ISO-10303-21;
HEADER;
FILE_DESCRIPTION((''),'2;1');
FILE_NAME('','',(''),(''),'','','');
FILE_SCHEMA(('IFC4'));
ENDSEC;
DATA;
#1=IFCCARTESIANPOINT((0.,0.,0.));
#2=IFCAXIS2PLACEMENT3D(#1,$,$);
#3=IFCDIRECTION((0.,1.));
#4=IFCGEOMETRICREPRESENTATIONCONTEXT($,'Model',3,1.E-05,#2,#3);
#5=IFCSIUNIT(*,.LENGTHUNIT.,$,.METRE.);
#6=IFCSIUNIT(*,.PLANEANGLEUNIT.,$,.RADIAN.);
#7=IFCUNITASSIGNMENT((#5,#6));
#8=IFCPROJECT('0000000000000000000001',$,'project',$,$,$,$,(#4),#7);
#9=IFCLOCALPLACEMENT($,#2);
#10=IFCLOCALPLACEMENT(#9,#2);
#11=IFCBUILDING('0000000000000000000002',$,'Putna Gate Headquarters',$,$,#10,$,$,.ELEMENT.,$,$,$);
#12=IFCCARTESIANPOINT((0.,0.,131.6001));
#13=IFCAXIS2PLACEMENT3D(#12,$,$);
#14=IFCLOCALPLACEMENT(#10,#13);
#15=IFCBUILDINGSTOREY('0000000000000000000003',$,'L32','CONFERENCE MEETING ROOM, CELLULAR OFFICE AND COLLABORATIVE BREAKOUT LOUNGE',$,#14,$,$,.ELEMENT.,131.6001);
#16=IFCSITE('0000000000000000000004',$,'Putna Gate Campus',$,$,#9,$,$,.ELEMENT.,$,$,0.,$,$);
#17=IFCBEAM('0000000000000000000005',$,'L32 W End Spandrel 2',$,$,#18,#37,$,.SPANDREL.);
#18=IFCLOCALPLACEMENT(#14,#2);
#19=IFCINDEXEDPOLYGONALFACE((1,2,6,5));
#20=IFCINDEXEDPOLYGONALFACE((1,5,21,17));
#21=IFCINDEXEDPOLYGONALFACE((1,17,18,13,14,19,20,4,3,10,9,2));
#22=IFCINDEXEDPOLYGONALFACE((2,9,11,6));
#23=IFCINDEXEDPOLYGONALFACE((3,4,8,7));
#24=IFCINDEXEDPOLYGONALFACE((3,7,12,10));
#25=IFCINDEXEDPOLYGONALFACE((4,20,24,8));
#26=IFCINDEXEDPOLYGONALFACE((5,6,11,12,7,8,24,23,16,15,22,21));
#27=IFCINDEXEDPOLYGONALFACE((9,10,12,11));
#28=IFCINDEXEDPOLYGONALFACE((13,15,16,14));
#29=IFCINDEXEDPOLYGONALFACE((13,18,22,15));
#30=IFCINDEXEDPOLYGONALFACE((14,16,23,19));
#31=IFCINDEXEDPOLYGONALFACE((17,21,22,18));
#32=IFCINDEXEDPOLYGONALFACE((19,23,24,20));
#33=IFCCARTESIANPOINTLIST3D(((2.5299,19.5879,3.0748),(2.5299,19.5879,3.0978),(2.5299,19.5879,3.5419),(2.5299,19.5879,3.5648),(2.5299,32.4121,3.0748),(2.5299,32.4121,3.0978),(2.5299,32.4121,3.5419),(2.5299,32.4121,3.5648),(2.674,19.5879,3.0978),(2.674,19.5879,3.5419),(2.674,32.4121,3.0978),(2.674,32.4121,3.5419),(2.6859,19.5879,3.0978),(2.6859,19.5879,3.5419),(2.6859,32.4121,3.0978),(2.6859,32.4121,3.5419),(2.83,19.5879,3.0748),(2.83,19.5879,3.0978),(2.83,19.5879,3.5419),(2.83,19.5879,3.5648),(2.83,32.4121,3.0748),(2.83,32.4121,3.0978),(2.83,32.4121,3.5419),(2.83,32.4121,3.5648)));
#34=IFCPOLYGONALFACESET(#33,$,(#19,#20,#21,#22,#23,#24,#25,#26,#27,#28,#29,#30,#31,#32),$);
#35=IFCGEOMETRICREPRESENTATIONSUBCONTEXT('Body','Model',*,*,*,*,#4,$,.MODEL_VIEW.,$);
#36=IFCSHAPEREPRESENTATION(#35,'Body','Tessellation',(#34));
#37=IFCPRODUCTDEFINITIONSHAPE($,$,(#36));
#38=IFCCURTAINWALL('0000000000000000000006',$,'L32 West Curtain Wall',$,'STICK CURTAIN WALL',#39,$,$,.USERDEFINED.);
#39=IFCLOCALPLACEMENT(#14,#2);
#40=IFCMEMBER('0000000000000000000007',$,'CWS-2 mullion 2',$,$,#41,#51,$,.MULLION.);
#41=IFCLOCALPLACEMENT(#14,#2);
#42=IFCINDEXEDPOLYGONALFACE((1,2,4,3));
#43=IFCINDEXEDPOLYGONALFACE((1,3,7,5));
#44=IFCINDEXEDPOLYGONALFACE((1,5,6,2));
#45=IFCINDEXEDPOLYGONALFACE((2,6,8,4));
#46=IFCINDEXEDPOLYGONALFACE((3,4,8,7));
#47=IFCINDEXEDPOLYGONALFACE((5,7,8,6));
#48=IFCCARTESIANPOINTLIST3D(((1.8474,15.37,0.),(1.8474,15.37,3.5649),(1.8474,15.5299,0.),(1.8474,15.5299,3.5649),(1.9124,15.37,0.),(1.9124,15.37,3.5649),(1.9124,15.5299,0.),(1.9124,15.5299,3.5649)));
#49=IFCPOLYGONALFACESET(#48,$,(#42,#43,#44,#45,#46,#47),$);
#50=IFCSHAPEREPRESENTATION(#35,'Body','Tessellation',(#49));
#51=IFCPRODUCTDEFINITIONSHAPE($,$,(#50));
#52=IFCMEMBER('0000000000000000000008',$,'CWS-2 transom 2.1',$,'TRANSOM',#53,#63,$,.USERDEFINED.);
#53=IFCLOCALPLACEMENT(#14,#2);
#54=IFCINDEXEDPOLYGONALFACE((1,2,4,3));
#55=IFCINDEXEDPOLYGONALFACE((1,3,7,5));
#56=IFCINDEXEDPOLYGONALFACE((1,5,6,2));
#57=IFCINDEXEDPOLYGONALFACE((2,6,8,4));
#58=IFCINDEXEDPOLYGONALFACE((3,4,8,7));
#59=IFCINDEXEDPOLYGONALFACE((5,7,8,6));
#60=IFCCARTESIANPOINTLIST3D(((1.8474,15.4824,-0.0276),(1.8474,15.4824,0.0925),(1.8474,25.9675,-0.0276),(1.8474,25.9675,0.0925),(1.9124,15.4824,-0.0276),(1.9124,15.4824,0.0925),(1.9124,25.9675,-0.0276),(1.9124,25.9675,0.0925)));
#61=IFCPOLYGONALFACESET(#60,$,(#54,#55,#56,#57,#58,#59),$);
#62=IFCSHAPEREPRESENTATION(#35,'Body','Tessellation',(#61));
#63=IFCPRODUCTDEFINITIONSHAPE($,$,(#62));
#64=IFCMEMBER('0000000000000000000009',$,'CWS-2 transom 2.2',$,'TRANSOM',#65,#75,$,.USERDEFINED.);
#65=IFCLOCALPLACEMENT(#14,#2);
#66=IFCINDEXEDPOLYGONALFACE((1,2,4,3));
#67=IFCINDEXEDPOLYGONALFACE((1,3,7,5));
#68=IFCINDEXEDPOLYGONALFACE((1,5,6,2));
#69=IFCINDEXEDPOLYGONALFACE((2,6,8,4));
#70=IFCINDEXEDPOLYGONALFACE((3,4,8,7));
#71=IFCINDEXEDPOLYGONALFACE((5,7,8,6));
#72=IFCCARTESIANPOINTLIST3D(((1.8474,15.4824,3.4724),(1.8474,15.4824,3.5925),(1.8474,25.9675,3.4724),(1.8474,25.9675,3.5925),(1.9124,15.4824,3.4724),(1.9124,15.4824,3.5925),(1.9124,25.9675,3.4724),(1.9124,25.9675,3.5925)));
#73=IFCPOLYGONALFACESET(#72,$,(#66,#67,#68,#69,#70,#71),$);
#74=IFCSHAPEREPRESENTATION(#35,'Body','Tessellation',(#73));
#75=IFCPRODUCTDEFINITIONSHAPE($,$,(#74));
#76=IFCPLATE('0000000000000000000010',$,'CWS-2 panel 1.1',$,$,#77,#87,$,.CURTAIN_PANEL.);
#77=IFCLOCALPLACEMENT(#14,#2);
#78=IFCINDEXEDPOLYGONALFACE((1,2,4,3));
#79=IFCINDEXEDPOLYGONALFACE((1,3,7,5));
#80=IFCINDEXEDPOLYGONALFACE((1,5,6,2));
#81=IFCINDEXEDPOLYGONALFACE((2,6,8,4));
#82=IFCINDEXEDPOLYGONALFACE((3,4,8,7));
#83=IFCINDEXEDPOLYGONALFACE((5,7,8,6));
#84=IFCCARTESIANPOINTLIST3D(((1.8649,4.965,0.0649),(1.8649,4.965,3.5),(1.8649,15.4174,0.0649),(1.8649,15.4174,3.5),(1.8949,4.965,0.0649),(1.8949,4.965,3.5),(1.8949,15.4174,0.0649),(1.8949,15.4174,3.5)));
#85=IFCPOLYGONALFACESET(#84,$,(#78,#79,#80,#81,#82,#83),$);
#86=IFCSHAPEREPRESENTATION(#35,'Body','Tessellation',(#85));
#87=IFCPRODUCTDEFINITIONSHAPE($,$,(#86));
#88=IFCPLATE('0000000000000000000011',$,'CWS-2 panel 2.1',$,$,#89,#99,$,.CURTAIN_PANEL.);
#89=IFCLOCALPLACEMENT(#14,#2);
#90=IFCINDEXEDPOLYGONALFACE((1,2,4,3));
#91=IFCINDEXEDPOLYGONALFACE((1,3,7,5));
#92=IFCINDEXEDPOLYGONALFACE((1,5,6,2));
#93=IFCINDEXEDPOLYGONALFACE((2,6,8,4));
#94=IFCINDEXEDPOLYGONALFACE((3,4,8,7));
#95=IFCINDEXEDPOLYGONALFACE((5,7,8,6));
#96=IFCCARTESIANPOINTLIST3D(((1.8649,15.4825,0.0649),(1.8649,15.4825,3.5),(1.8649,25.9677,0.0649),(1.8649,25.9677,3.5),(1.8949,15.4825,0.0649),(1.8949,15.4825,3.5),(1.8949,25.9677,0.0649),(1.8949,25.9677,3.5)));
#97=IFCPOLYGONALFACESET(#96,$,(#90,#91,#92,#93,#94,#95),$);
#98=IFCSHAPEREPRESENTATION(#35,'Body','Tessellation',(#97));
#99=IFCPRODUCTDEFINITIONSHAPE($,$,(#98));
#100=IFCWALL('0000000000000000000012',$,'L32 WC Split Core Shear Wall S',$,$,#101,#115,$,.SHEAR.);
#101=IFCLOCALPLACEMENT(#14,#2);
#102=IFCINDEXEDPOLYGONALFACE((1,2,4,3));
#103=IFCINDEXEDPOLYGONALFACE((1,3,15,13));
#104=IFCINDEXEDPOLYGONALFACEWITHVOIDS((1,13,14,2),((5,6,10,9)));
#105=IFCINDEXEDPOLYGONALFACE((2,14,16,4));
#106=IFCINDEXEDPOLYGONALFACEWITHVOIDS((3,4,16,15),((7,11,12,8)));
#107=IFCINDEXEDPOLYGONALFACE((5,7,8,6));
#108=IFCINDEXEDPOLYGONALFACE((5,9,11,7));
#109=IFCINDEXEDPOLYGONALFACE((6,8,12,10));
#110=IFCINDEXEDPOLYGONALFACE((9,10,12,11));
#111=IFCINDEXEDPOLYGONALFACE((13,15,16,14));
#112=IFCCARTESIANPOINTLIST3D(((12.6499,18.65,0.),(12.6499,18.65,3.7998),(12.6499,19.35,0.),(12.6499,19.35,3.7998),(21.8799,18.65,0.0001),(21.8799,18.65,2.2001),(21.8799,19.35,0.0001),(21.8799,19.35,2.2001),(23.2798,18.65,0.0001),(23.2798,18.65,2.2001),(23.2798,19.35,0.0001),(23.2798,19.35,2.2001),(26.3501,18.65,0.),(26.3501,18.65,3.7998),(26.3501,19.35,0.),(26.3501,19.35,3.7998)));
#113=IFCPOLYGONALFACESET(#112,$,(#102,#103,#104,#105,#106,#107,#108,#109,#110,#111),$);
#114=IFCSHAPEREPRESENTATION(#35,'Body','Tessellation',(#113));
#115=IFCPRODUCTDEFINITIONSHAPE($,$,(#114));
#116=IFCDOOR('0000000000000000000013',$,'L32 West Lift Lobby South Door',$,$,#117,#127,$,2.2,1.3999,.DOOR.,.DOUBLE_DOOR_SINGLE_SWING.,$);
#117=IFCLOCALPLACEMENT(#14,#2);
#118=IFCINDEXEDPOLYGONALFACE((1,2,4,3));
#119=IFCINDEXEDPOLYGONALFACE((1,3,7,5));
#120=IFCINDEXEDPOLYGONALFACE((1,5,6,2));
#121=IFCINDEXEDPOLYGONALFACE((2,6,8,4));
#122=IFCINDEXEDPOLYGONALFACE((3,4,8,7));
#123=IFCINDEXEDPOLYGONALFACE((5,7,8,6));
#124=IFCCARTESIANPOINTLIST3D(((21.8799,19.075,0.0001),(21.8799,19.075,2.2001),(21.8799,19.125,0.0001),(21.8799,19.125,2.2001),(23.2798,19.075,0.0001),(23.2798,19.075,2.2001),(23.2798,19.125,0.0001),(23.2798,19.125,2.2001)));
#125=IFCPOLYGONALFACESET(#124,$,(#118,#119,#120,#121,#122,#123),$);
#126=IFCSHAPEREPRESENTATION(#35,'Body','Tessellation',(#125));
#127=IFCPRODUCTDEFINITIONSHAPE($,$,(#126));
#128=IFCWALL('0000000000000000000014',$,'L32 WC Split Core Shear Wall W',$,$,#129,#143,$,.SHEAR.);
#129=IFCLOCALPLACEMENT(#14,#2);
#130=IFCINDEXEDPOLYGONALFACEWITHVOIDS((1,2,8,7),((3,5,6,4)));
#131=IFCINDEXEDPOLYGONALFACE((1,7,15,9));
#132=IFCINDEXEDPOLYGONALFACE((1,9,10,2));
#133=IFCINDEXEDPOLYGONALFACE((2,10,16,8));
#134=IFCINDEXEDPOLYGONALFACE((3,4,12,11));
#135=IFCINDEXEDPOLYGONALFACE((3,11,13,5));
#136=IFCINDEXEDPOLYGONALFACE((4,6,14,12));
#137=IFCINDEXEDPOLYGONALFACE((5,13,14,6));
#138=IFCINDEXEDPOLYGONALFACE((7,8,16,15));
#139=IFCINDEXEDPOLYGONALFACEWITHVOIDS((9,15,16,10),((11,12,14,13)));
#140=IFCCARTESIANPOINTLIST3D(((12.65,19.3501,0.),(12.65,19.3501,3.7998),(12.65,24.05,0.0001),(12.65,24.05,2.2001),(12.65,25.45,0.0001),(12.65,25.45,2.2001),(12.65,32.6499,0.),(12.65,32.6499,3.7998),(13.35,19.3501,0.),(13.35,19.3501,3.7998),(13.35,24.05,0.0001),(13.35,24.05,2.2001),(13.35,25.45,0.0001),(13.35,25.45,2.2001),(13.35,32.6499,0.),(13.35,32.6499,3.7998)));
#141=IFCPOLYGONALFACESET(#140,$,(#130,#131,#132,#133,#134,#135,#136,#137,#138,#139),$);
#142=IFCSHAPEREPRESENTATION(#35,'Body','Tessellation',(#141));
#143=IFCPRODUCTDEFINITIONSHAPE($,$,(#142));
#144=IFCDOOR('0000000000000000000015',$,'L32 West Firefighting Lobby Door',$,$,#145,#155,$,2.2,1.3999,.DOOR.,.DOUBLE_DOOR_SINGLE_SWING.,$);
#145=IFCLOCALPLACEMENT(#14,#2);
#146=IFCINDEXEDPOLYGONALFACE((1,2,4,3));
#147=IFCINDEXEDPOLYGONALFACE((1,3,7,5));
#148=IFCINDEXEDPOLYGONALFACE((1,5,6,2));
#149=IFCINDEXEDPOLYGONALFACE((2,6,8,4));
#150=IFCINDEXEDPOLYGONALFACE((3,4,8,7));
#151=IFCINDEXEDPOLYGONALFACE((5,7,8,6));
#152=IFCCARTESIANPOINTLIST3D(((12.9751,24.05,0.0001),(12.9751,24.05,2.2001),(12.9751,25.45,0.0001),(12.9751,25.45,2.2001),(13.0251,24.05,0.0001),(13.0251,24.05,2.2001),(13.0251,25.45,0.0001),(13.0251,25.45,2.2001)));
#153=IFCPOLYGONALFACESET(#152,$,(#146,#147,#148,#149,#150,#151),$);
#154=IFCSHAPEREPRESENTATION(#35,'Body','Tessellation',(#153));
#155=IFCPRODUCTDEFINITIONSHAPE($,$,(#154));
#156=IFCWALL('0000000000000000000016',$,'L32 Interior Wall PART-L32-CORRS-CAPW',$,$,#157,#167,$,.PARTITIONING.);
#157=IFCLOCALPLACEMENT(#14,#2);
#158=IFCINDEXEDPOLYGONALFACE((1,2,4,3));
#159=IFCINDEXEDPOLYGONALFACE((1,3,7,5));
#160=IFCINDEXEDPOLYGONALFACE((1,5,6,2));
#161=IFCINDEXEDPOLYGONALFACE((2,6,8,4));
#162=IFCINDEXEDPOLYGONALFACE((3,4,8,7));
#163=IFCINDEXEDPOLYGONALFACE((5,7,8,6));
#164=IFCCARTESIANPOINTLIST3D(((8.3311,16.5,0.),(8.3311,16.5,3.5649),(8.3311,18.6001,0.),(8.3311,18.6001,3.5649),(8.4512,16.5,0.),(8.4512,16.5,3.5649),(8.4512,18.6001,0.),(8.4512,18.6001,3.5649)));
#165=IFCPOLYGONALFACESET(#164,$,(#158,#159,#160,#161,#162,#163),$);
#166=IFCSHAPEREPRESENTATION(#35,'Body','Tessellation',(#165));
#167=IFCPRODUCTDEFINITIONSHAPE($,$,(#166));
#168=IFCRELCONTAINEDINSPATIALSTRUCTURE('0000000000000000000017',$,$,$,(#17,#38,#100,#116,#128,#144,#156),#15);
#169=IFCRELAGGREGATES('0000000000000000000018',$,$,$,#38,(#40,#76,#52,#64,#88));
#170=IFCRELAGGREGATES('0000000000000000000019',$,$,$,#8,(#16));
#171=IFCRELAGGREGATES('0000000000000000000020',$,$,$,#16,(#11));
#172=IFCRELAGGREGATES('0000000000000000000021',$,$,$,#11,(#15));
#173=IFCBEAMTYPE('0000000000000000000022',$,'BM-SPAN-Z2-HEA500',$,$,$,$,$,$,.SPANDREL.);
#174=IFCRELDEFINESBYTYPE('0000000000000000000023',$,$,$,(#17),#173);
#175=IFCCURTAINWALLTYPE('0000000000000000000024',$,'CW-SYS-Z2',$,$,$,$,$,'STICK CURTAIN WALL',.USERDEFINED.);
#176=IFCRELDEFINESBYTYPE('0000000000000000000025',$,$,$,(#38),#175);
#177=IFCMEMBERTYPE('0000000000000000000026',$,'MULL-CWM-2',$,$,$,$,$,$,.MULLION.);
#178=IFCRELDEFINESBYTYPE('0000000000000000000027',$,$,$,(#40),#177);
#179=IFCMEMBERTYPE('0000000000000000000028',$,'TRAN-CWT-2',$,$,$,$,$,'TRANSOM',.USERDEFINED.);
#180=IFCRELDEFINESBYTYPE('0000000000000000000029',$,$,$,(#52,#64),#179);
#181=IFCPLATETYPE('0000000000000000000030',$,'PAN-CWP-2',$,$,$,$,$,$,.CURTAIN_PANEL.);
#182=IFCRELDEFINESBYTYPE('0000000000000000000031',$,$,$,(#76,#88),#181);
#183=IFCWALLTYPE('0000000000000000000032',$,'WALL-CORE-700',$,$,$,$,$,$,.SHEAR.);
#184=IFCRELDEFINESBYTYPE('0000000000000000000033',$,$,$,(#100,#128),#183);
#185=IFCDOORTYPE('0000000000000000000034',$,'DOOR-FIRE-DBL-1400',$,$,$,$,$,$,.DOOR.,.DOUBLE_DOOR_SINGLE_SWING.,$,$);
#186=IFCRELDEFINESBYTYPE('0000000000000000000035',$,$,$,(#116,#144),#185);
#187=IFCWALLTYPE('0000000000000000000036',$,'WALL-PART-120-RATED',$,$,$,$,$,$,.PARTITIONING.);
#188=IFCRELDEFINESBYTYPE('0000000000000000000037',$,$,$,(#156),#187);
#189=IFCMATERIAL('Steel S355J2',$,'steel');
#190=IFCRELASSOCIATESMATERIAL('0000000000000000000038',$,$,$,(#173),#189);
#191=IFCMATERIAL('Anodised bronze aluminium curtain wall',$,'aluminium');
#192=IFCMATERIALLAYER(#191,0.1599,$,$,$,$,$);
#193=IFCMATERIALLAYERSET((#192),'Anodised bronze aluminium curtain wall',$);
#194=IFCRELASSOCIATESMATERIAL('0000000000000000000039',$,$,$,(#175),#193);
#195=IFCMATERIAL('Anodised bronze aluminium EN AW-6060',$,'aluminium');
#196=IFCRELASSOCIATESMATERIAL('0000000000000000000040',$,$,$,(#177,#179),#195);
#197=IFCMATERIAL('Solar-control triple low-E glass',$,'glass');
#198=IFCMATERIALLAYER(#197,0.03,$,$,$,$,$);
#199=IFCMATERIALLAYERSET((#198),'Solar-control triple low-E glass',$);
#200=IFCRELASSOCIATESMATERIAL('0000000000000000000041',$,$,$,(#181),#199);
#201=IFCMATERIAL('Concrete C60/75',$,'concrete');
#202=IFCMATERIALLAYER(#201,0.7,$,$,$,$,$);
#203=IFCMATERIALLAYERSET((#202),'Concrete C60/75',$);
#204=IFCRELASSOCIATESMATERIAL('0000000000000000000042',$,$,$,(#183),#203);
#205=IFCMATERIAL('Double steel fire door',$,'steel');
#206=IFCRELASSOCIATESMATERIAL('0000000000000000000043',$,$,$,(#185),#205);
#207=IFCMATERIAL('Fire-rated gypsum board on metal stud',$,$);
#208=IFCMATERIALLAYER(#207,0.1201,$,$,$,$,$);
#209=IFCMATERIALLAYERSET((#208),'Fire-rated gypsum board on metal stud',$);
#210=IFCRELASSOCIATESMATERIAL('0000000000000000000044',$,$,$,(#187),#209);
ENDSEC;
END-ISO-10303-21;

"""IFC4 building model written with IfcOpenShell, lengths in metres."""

from ifc_helpers import new_model, si_unit, direction, frame, frame_2d, origin, origin_2d, place, context, subcontext, project, spatial, rectangle, i_section, extrude, material, layer, layer_set, material_profile, profile_set, type_object, element, fill, aggregate, save


model = new_model("IFC4")

# Units and contexts
model_context = context("Model", 3, precision=1e-05, world=origin(), true_north=direction((0.0, 1.0)))
body_context = subcontext(model_context, "Body", "Model", "MODEL_VIEW")
ifc_project = project(units=[si_unit("LENGTHUNIT", "METRE"), si_unit("PLANEANGLEUNIT", "RADIAN")], contexts=[model_context])

# Site, building, storey
site_placement = place(None, origin())
site = spatial("IfcSite", under=ifc_project, at=site_placement, Name="Putna Gate Campus", CompositionType="ELEMENT", RefElevation=0.0)
building_placement = place(site_placement, origin())
building = spatial("IfcBuilding", under=site, at=building_placement, Name="Putna Gate Headquarters", CompositionType="ELEMENT")
storey_placement = place(building_placement, frame((0.0, 0.0, 131.6001)))
storey = spatial("IfcBuildingStorey", under=building, at=storey_placement, Name="L32", Description="CONFERENCE MEETING ROOM, CELLULAR OFFICE AND COLLABORATIVE BREAKOUT LOUNGE", CompositionType="ELEMENT", Elevation=131.6001)

# Shared definitions
ifc_material_1 = material(Name="Concrete C60/75", Category="concrete")

# Beam
ifc_material_2 = material(Name="Steel S355J2", Category="steel")
ifc_material_profile_1 = material_profile(ifc_material_2, i_section(OverallWidth=0.3, OverallDepth=0.49, WebThickness=0.012, FlangeThickness=0.0229, at=origin_2d()), Name="Steel S355J2")
ifc_profile_set_1 = profile_set([ifc_material_profile_1], Name="Steel S355J2")
beam_type_1 = type_object("IfcBeamType", Name="BM-SPAN-Z2-HEA500", PredefinedType="SPANDREL", material=ifc_profile_set_1)
beam_1_placement = place(storey_placement, frame((2.6799, 19.5879, 3.3198), z_axis=(0.0, 1.0, 0.0), x_axis=(-1.0, 0.0, 0.0)))
element("IfcBeam", 1, at=beam_1_placement, inside=storey, type_object=beam_type_1, Name="L32 W End Spandrel 2", PredefinedType="SPANDREL", context=body_context, shape_type="SweptSolid", body=[
    extrude(i_section(OverallWidth=0.3, OverallDepth=0.49, WebThickness=0.012, FlangeThickness=0.0229, at=origin_2d()), origin(), (0.0, 0.0, 1.0), 12.8242),
])

# Curtain wall, members, plates
ifc_material_3 = material(Name="Anodised bronze aluminium curtain wall", Category="aluminium")
ifc_layer_1 = layer(ifc_material_3, 0.1599)
ifc_layer_set_1 = layer_set([ifc_layer_1], Name="Anodised bronze aluminium curtain wall")
curtain_wall_type = type_object("IfcCurtainWallType", Name="CW-SYS-Z2", ElementType="STICK CURTAIN WALL", PredefinedType="USERDEFINED", material=ifc_layer_set_1)
curtain_wall_placement = place(storey_placement, origin())
curtain_wall = element("IfcCurtainWall", 2, at=curtain_wall_placement, inside=storey, type_object=curtain_wall_type, Name="L32 West Curtain Wall", ObjectType="STICK CURTAIN WALL", PredefinedType="USERDEFINED")
ifc_material_4 = material(Name="Anodised bronze aluminium EN AW-6060", Category="aluminium")
ifc_material_profile_2 = material_profile(ifc_material_4, rectangle(XDim=0.0649, YDim=0.1599, at=origin_2d()), Name="Anodised bronze aluminium EN AW-6060")
ifc_profile_set_2 = profile_set([ifc_material_profile_2], Name="Anodised bronze aluminium EN AW-6060")
member_type_1 = type_object("IfcMemberType", Name="MULL-CWM-2", PredefinedType="MULLION", material=ifc_profile_set_2)
member_1_placement = place(storey_placement, frame((1.8799, 15.45, 0.0), z_axis=(0.0, 0.0, 1.0), x_axis=(-1.0, 0.0, 0.0)))
member_1 = element("IfcMember", 3, at=member_1_placement, type_object=member_type_1, Name="CWS-2 mullion 2", PredefinedType="MULLION", context=body_context, shape_type="SweptSolid", body=[
    extrude(rectangle(XDim=0.0649, YDim=0.1599, at=origin_2d()), origin(), (0.0, 0.0, 1.0), 3.5649),
])
ifc_material_profile_3 = material_profile(ifc_material_4, rectangle(XDim=0.0649, YDim=0.1201, at=origin_2d()), Name="Anodised bronze aluminium EN AW-6060")
ifc_profile_set_3 = profile_set([ifc_material_profile_3], Name="Anodised bronze aluminium EN AW-6060")
member_type_2 = type_object("IfcMemberType", Name="TRAN-CWT-2", ElementType="TRANSOM", PredefinedType="USERDEFINED", material=ifc_profile_set_3)
member_2_placement = place(storey_placement, frame((1.8799, 15.4824, 0.0325), z_axis=(0.0, 1.0, 0.0), x_axis=(-1.0, 0.0, 0.0)))
member_2 = element("IfcMember", 4, at=member_2_placement, type_object=member_type_2, Name="CWS-2 transom 2.1", ObjectType="TRANSOM", PredefinedType="USERDEFINED", context=body_context, shape_type="SweptSolid", body=[
    extrude(rectangle(XDim=0.0649, YDim=0.1201, at=origin_2d()), origin(), (0.0, 0.0, 1.0), 10.4851),
])
member_3_placement = place(storey_placement, frame((1.8799, 15.4824, 3.5325), z_axis=(0.0, 1.0, 0.0), x_axis=(-1.0, 0.0, 0.0)))
member_3 = element("IfcMember", 5, at=member_3_placement, type_object=member_type_2, Name="CWS-2 transom 2.2", ObjectType="TRANSOM", PredefinedType="USERDEFINED", context=body_context, shape_type="SweptSolid", body=[
    extrude(rectangle(XDim=0.0649, YDim=0.1201, at=origin_2d()), origin(), (0.0, 0.0, 1.0), 10.4851),
])
ifc_material_5 = material(Name="Solar-control triple low-E glass", Category="glass")
ifc_layer_2 = layer(ifc_material_5, 0.03)
ifc_layer_set_2 = layer_set([ifc_layer_2], Name="Solar-control triple low-E glass")
plate_type = type_object("IfcPlateType", Name="PAN-CWP-2", PredefinedType="CURTAIN_PANEL", material=ifc_layer_set_2)
plate_1_placement = place(storey_placement, frame((1.8799, 10.1912, 0.0649), z_axis=(0.0, 0.0, 1.0), x_axis=(0.0, 1.0, 0.0)))
plate_1 = element("IfcPlate", 6, at=plate_1_placement, type_object=plate_type, Name="CWS-2 panel 1.1", PredefinedType="CURTAIN_PANEL", context=body_context, shape_type="SweptSolid", body=[
    extrude(rectangle(XDim=10.4524, YDim=0.03, at=origin_2d()), origin(), (0.0, 0.0, 1.0), 3.4351),
])
plate_2_placement = place(storey_placement, frame((1.8799, 20.7251, 0.0649), z_axis=(0.0, 0.0, 1.0), x_axis=(0.0, 1.0, 0.0)))
plate_2 = element("IfcPlate", 7, at=plate_2_placement, type_object=plate_type, Name="CWS-2 panel 2.1", PredefinedType="CURTAIN_PANEL", context=body_context, shape_type="SweptSolid", body=[
    extrude(rectangle(XDim=10.4851, YDim=0.03, at=origin_2d()), origin(), (0.0, 0.0, 1.0), 3.4351),
])
aggregate(curtain_wall, [member_1, plate_1, member_2, member_3, plate_2])

# Walls, openings, doors
ifc_layer_3 = layer(ifc_material_1, 0.7)
ifc_layer_set_3 = layer_set([ifc_layer_3], Name="Concrete C60/75")
wall_type_1 = type_object("IfcWallType", Name="WALL-CORE-700", PredefinedType="SHEAR", material=ifc_layer_set_3)
wall_1_placement = place(storey_placement, frame((12.6499, 19.0, 0.0), z_axis=(0.0, 0.0, 1.0), x_axis=(1.0, 0.0, 0.0)))
wall_1 = element("IfcWall", 8, at=wall_1_placement, inside=storey, type_object=wall_type_1, Name="L32 WC Split Core Shear Wall S", PredefinedType="SHEAR", context=body_context, shape_type="SweptSolid", body=[
    extrude(rectangle(XDim=13.7002, YDim=0.7, at=frame_2d((6.8501, 0.0))), origin(), (0.0, 0.0, 1.0), 3.7998),
])
opening_1_placement = place(wall_1_placement, frame((9.23, 0.0, 0.0)))
opening_1 = element("IfcOpeningElement", 9, at=opening_1_placement, cuts=wall_1, PredefinedType="OPENING", context=body_context, shape_type="SweptSolid", body=[
    extrude(rectangle(XDim=1.3999, YDim=2.2, at=frame_2d((0.7, 1.1001))), frame((0.0, 0.3599, 0.0), z_axis=(0.0, -1.0, 0.0), x_axis=(1.0, 0.0, 0.0)), (0.0, 0.0, 1.0), 0.72),
])
ifc_material_6 = material(Name="Double steel fire door", Category="steel")
door_type_1 = type_object("IfcDoorType", Name="DOOR-FIRE-DBL-1400", OperationType="DOUBLE_DOOR_SINGLE_SWING", PredefinedType="DOOR", material=ifc_material_6)
door_1_placement = place(opening_1_placement, origin())
door_1 = element("IfcDoor", 10, at=door_1_placement, inside=storey, type_object=door_type_1, Name="L32 West Lift Lobby South Door", OperationType="DOUBLE_DOOR_SINGLE_SWING", OverallHeight=2.2, OverallWidth=1.3999, PredefinedType="DOOR", context=body_context, shape_type="SweptSolid", body=[
    extrude(rectangle(XDim=1.3999, YDim=2.2, at=frame_2d((0.7, 1.1001))), frame((0.0, 0.125, 0.0), z_axis=(0.0, -1.0, 0.0), x_axis=(1.0, 0.0, 0.0)), (0.0, 0.0, 1.0), 0.05),
])
fill(opening_1, door_1)
wall_2_placement = place(storey_placement, frame((13.0, 19.3501, 0.0), z_axis=(0.0, 0.0, 1.0), x_axis=(0.0, 1.0, 0.0)))
wall_2 = element("IfcWall", 11, at=wall_2_placement, inside=storey, type_object=wall_type_1, Name="L32 WC Split Core Shear Wall W", PredefinedType="SHEAR", context=body_context, shape_type="SweptSolid", body=[
    extrude(rectangle(XDim=13.2998, YDim=0.7, at=frame_2d((6.6499, 0.0))), origin(), (0.0, 0.0, 1.0), 3.7998),
])
opening_2_placement = place(wall_2_placement, frame((4.7, 0.0, 0.0)))
opening_2 = element("IfcOpeningElement", 12, at=opening_2_placement, cuts=wall_2, PredefinedType="OPENING", context=body_context, shape_type="SweptSolid", body=[
    extrude(rectangle(XDim=1.3999, YDim=2.2, at=frame_2d((0.7, 1.1001))), frame((0.0, 0.3599, 0.0), z_axis=(0.0, -1.0, 0.0), x_axis=(1.0, 0.0, 0.0)), (0.0, 0.0, 1.0), 0.72),
])
door_2_placement = place(opening_2_placement, origin())
door_2 = element("IfcDoor", 13, at=door_2_placement, inside=storey, type_object=door_type_1, Name="L32 West Firefighting Lobby Door", OperationType="DOUBLE_DOOR_SINGLE_SWING", OverallHeight=2.2, OverallWidth=1.3999, PredefinedType="DOOR", context=body_context, shape_type="SweptSolid", body=[
    extrude(rectangle(XDim=1.3999, YDim=2.2, at=frame_2d((0.7, 1.1001))), frame((0.0, 0.0249, 0.0), z_axis=(0.0, -1.0, 0.0), x_axis=(1.0, 0.0, 0.0)), (0.0, 0.0, 1.0), 0.05),
])
fill(opening_2, door_2)

# Wall
ifc_material_7 = material(Name="Fire-rated gypsum board on metal stud")
ifc_layer_4 = layer(ifc_material_7, 0.1201)
ifc_layer_set_4 = layer_set([ifc_layer_4], Name="Fire-rated gypsum board on metal stud")
wall_type_2 = type_object("IfcWallType", Name="WALL-PART-120-RATED", PredefinedType="PARTITIONING", material=ifc_layer_set_4)
wall_3_placement = place(storey_placement, frame((8.3911, 16.5, 0.0), z_axis=(0.0, 0.0, 1.0), x_axis=(0.0, 1.0, 0.0)))
element("IfcWall", 14, at=wall_3_placement, inside=storey, type_object=wall_type_2, Name="L32 Interior Wall PART-L32-CORRS-CAPW", PredefinedType="PARTITIONING", context=body_context, shape_type="SweptSolid", body=[
    extrude(rectangle(XDim=2.1001, YDim=0.1201, at=frame_2d((1.05, 0.0))), origin(), (0.0, 0.0, 1.0), 3.5649),
])

save(model, "model.ifc")
